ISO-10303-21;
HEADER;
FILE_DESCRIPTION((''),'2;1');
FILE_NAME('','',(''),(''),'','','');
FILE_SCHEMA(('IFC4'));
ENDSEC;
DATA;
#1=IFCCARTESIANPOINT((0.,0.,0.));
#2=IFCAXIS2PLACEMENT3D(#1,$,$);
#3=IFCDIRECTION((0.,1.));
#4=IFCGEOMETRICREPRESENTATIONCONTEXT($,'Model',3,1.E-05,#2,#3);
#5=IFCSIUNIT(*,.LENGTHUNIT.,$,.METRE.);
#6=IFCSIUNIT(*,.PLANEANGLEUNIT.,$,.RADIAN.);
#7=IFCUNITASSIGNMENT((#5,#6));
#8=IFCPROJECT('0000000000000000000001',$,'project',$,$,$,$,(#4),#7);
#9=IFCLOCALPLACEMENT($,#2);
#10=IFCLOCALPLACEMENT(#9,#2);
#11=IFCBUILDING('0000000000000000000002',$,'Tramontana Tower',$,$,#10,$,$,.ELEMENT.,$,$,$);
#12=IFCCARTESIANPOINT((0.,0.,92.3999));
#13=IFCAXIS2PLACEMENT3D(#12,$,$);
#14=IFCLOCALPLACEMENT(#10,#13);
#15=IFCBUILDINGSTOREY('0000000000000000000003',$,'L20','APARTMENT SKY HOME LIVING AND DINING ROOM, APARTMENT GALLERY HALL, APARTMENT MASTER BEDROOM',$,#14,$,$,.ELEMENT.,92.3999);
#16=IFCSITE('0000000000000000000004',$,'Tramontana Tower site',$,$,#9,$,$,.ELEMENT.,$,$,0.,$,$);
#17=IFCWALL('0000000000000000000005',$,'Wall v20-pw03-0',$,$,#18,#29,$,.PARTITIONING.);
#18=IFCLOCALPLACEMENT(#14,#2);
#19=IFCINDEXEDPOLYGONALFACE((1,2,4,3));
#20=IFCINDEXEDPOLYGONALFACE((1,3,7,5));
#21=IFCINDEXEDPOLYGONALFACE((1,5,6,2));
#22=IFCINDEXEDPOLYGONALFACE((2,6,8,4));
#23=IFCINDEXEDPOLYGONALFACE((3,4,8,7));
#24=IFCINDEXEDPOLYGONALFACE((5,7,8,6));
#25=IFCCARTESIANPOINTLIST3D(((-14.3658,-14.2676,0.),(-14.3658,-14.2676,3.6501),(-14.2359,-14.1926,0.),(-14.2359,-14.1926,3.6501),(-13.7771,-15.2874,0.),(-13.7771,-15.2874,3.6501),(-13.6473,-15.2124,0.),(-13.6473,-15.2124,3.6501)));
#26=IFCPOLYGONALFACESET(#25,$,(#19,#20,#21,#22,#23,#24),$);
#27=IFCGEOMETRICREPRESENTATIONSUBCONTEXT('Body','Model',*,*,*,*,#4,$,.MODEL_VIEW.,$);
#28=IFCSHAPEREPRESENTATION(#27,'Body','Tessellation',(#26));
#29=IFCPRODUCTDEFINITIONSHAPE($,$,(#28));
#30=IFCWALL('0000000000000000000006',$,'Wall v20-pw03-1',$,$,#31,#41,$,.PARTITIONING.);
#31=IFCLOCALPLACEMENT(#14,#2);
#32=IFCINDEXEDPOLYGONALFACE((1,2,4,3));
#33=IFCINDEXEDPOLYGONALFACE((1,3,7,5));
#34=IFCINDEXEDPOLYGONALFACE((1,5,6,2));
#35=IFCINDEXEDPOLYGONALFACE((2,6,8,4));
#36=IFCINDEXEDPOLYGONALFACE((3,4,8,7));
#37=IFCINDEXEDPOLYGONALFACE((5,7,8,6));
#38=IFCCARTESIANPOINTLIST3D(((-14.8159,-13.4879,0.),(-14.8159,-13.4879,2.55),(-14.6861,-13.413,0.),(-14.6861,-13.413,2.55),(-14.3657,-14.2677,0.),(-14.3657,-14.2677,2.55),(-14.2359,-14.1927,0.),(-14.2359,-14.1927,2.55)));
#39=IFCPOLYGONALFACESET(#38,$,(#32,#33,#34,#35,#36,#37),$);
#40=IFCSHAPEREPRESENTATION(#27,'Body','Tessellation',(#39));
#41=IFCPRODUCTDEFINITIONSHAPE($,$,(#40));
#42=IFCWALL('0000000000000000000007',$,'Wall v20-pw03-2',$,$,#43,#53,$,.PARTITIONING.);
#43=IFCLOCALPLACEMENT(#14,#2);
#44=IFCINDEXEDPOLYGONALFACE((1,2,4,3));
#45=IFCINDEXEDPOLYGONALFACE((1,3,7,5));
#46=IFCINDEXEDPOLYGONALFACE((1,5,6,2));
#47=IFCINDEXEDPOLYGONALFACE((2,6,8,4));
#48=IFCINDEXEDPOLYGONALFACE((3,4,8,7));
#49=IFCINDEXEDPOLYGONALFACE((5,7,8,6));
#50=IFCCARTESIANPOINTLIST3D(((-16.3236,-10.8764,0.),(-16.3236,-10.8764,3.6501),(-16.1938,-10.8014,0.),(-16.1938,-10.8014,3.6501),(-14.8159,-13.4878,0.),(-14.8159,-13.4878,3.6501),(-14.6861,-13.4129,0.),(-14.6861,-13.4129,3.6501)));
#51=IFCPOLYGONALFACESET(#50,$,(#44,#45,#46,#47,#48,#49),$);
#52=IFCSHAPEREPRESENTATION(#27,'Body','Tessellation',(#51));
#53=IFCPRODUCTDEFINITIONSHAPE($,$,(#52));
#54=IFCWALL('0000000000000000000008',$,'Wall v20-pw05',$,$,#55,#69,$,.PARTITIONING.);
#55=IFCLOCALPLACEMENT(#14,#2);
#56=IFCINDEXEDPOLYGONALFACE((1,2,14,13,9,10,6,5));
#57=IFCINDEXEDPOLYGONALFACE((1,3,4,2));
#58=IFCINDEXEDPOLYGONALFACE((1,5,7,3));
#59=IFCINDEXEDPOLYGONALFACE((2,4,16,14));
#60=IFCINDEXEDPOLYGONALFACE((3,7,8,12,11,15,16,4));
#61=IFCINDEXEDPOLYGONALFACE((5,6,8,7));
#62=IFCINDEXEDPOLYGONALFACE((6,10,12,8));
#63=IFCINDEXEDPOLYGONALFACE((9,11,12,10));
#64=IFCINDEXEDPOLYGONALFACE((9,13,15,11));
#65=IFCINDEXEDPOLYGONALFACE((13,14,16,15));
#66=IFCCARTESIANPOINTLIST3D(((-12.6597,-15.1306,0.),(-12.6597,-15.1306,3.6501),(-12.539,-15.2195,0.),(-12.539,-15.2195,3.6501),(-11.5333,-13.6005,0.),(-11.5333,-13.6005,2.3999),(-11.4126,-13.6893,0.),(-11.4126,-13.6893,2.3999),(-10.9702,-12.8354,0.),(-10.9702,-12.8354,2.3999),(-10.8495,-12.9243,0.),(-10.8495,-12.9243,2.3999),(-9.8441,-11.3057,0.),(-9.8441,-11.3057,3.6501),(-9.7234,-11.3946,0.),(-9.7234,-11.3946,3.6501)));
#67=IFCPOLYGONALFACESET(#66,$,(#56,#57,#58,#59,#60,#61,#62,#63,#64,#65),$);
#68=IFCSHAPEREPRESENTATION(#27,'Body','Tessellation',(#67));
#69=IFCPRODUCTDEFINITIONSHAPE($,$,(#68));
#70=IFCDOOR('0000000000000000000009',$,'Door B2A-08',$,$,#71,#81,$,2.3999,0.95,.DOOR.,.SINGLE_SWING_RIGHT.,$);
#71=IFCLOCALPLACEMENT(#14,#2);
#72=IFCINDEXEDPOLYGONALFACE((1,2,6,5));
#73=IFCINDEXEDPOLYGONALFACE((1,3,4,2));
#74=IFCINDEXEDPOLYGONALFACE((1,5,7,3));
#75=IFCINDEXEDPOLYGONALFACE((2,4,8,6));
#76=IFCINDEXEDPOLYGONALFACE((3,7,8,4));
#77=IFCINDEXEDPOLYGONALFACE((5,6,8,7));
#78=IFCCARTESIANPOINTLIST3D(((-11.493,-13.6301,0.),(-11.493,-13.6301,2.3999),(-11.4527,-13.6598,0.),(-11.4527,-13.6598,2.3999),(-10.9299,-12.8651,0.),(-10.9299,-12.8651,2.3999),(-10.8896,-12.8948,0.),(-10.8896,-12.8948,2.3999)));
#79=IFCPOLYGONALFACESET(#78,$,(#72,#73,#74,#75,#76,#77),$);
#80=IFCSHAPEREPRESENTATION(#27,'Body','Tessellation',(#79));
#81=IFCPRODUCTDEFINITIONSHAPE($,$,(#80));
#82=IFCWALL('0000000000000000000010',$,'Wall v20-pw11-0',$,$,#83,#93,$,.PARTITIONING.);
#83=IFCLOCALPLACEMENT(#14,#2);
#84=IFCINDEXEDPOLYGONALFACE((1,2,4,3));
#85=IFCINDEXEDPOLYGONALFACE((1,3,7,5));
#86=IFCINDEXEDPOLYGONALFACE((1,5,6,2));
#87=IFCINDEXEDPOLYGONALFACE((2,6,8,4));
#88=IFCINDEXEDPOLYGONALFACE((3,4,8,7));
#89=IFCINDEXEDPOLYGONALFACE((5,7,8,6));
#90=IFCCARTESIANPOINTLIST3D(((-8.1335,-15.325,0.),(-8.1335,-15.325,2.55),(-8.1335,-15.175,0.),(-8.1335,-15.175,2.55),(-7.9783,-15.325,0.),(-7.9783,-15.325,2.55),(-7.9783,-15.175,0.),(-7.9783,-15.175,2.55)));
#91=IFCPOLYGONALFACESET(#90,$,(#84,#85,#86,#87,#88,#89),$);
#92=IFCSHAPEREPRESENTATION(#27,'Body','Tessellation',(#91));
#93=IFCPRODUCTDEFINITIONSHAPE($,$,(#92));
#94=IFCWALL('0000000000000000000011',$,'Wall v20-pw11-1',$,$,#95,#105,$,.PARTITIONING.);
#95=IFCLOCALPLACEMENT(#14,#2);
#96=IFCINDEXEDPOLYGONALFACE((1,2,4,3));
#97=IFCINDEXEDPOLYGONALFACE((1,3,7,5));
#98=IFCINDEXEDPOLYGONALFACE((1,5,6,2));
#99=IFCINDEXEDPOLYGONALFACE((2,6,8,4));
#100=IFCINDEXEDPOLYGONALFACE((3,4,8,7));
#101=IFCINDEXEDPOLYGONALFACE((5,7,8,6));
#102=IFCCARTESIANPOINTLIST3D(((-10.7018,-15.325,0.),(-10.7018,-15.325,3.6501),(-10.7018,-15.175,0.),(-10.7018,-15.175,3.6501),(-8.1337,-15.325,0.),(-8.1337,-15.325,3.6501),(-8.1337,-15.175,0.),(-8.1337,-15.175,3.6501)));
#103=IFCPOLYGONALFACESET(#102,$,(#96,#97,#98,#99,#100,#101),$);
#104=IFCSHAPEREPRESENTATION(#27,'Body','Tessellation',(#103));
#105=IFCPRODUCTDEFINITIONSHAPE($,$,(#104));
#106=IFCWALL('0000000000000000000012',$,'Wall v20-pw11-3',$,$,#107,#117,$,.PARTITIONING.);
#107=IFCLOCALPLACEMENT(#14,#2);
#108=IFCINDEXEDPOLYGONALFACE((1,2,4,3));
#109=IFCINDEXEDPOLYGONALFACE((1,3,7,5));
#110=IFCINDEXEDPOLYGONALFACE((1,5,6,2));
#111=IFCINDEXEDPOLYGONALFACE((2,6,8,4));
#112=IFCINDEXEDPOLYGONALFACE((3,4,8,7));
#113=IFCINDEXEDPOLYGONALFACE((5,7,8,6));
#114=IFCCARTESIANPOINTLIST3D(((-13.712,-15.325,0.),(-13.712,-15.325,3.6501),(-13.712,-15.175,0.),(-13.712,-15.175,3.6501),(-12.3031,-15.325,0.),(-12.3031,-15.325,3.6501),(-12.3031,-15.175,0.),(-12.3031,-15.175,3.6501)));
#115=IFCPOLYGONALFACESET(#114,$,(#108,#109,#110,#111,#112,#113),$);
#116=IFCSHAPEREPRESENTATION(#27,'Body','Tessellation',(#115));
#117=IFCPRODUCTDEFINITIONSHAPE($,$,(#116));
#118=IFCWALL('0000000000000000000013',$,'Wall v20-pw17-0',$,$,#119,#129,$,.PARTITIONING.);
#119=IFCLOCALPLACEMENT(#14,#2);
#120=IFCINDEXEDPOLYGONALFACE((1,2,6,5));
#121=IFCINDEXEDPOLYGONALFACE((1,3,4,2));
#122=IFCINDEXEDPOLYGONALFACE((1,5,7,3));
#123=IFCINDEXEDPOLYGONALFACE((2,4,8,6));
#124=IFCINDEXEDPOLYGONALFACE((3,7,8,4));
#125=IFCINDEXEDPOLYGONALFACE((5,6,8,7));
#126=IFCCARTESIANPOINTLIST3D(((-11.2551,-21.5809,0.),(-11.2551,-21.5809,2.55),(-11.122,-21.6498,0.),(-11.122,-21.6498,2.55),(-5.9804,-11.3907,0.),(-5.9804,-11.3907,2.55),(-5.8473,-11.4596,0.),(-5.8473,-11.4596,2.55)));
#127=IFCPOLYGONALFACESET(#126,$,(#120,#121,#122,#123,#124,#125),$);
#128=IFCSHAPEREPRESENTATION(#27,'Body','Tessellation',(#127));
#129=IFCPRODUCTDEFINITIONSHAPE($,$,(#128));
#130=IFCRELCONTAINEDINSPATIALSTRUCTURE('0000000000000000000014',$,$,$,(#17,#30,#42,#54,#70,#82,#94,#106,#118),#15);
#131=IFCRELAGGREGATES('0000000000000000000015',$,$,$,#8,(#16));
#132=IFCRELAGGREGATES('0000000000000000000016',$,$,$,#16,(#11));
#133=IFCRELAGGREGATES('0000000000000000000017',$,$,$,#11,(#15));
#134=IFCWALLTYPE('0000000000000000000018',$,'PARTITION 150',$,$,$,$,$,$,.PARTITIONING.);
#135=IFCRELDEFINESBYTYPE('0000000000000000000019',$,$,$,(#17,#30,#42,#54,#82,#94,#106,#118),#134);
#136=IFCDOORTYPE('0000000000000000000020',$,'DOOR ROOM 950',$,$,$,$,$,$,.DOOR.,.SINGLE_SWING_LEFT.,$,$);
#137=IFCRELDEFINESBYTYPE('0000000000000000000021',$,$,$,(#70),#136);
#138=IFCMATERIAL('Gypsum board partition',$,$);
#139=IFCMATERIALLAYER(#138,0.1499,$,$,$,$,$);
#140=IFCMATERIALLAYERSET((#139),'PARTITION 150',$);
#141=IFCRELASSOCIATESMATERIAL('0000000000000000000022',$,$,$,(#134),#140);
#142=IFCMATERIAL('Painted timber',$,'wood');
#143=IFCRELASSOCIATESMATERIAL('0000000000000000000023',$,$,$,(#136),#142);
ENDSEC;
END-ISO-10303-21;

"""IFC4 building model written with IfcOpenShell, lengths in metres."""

from ifc_helpers import new_model, si_unit, direction, frame, frame_2d, origin, place, context, subcontext, project, spatial, rectangle, extrude, material, layer, layer_set, type_object, element, fill, save


model = new_model("IFC4")

# Units and contexts
model_context = context("Model", 3, precision=1e-05, world=origin(), true_north=direction((0.0, 1.0)))
body_context = subcontext(model_context, "Body", "Model", "MODEL_VIEW")
ifc_project = project(units=[si_unit("LENGTHUNIT", "METRE"), si_unit("PLANEANGLEUNIT", "RADIAN")], contexts=[model_context])

# Site, building, storey
site_placement = place(None, origin())
site = spatial("IfcSite", under=ifc_project, at=site_placement, Name="Tramontana Tower site", CompositionType="ELEMENT", RefElevation=0.0)
building_placement = place(site_placement, origin())
building = spatial("IfcBuilding", under=site, at=building_placement, Name="Tramontana Tower", CompositionType="ELEMENT")
storey_placement = place(building_placement, frame((0.0, 0.0, 92.3999)))
storey = spatial("IfcBuildingStorey", under=building, at=storey_placement, Name="L20", Description="APARTMENT SKY HOME LIVING AND DINING ROOM, APARTMENT GALLERY HALL, APARTMENT MASTER BEDROOM", CompositionType="ELEMENT", Elevation=92.3999)

# Walls
ifc_material_1 = material(Name="Gypsum board partition")
ifc_layer_1 = layer(ifc_material_1, 0.1499)
ifc_layer_set_1 = layer_set([ifc_layer_1], Name="PARTITION 150")
wall_type_1 = type_object("IfcWallType", Name="PARTITION 150", PredefinedType="PARTITIONING", material=ifc_layer_set_1)
wall_1_placement = place(storey_placement, frame((-13.7122, -15.25, 0.0), z_axis=(0.0, 0.0, 1.0), x_axis=(-0.499908, 0.866079, 0.0)))
element("IfcWall", 1, at=wall_1_placement, inside=storey, type_object=wall_type_1, Name="Wall v20-pw03-0", PredefinedType="PARTITIONING", context=body_context, shape_type="SweptSolid", body=[
    extrude(rectangle(XDim=1.1775, YDim=0.1499, at=frame_2d((0.5889, 0.0))), origin(), (0.0, 0.0, 1.0), 3.6501),
])
wall_2_placement = place(storey_placement, frame((-14.3008, -14.2302, 0.0), z_axis=(0.0, 0.0, 1.0), x_axis=(-0.499988, 0.866032, 0.0)))
element("IfcWall", 2, at=wall_2_placement, inside=storey, type_object=wall_type_1, Name="Wall v20-pw03-1", PredefinedType="PARTITIONING", context=body_context, shape_type="SweptSolid", body=[
    extrude(rectangle(XDim=0.9004, YDim=0.1499, at=frame_2d((0.4502, 0.0))), origin(), (0.0, 0.0, 1.0), 2.55),
])
wall_3_placement = place(storey_placement, frame((-14.751, -13.4504, 0.0), z_axis=(0.0, 0.0, 1.0), x_axis=(-0.499979, 0.866037, 0.0)))
element("IfcWall", 3, at=wall_3_placement, inside=storey, type_object=wall_type_1, Name="Wall v20-pw03-2", PredefinedType="PARTITIONING", context=body_context, shape_type="SweptSolid", body=[
    extrude(rectangle(XDim=3.0154, YDim=0.1499, at=frame_2d((1.5078, 0.0))), origin(), (0.0, 0.0, 1.0), 3.6501),
])

# Wall, opening, door
wall_4_placement = place(storey_placement, frame((-12.5994, -15.175, 0.0), z_axis=(0.0, 0.0, 1.0), x_axis=(0.592829, 0.805328, 0.0)))
wall_4 = element("IfcWall", 4, at=wall_4_placement, inside=storey, type_object=wall_type_1, Name="Wall v20-pw05", PredefinedType="PARTITIONING", context=body_context, shape_type="SweptSolid", body=[
    extrude(rectangle(XDim=4.7495, YDim=0.1499, at=frame_2d((2.3748, 0.0))), origin(), (0.0, 0.0, 1.0), 3.6501),
])
opening_1_placement = place(wall_4_placement, frame((1.8999, 0.0, 0.0)))
opening_1 = element("IfcOpeningElement", 5, at=opening_1_placement, cuts=wall_4, PredefinedType="OPENING", context=body_context, shape_type="SweptSolid", body=[
    extrude(rectangle(XDim=0.95, YDim=2.3999, at=frame_2d((0.4751, 1.2))), frame((0.0, 0.085, 0.0), z_axis=(0.0, -1.0, 0.0), x_axis=(1.0, 0.0, 0.0)), (0.0, 0.0, 1.0), 0.1699),
])
ifc_material_2 = material(Name="Painted timber", Category="wood")
door_type_1 = type_object("IfcDoorType", Name="DOOR ROOM 950", OperationType="SINGLE_SWING_LEFT", PredefinedType="DOOR", material=ifc_material_2)
door_1_placement = place(opening_1_placement, origin())
door_1 = element("IfcDoor", 6, at=door_1_placement, inside=storey, type_object=door_type_1, Name="Door B2A-08", OperationType="SINGLE_SWING_RIGHT", OverallHeight=2.3999, OverallWidth=0.95, PredefinedType="DOOR", context=body_context, shape_type="SweptSolid", body=[
    extrude(rectangle(XDim=0.95, YDim=2.3999, at=frame_2d((0.4751, 1.2))), frame((0.0, 0.0249, 0.0), z_axis=(0.0, -1.0, 0.0), x_axis=(1.0, 0.0, 0.0)), (0.0, 0.0, 1.0), 0.05),
])
fill(opening_1, door_1)

# Walls
wall_5_placement = place(storey_placement, frame((-7.9783, -15.25, 0.0), z_axis=(0.0, 0.0, 1.0), x_axis=(-1.0, 0.0, 0.0)))
element("IfcWall", 7, at=wall_5_placement, inside=storey, type_object=wall_type_1, Name="Wall v20-pw11-0", PredefinedType="PARTITIONING", context=body_context, shape_type="SweptSolid", body=[
    extrude(rectangle(XDim=0.1553, YDim=0.1499, at=frame_2d((0.0776, 0.0))), origin(), (0.0, 0.0, 1.0), 2.55),
])
wall_6_placement = place(storey_placement, frame((-8.1335, -15.25, 0.0), z_axis=(0.0, 0.0, 1.0), x_axis=(-1.0, 0.0, 0.0)))
element("IfcWall", 8, at=wall_6_placement, inside=storey, type_object=wall_type_1, Name="Wall v20-pw11-1", PredefinedType="PARTITIONING", context=body_context, shape_type="SweptSolid", body=[
    extrude(rectangle(XDim=2.5681, YDim=0.1499, at=frame_2d((1.2842, 0.0))), origin(), (0.0, 0.0, 1.0), 3.6501),
])

# Walls
wall_7_placement = place(storey_placement, frame((-12.303, -15.25, 0.0), z_axis=(0.0, 0.0, 1.0), x_axis=(-1.0, 0.0, 0.0)))
element("IfcWall", 9, at=wall_7_placement, inside=storey, type_object=wall_type_1, Name="Wall v20-pw11-3", PredefinedType="PARTITIONING", context=body_context, shape_type="SweptSolid", body=[
    extrude(rectangle(XDim=1.4089, YDim=0.1499, at=frame_2d((0.7046, 0.0))), origin(), (0.0, 0.0, 1.0), 3.6501),
])
wall_8_placement = place(storey_placement, frame((-5.9138, -11.425, 0.0), z_axis=(0.0, 0.0, 1.0), x_axis=(-0.459689, -0.88808, 0.0)))
element("IfcWall", 10, at=wall_8_placement, inside=storey, type_object=wall_type_1, Name="Wall v20-pw17-0", PredefinedType="PARTITIONING", context=body_context, shape_type="SweptSolid", body=[
    extrude(rectangle(XDim=11.4744, YDim=0.1499, at=frame_2d((5.7373, 0.0))), origin(), (0.0, 0.0, 1.0), 2.55),
])

save(model, "model.ifc")
